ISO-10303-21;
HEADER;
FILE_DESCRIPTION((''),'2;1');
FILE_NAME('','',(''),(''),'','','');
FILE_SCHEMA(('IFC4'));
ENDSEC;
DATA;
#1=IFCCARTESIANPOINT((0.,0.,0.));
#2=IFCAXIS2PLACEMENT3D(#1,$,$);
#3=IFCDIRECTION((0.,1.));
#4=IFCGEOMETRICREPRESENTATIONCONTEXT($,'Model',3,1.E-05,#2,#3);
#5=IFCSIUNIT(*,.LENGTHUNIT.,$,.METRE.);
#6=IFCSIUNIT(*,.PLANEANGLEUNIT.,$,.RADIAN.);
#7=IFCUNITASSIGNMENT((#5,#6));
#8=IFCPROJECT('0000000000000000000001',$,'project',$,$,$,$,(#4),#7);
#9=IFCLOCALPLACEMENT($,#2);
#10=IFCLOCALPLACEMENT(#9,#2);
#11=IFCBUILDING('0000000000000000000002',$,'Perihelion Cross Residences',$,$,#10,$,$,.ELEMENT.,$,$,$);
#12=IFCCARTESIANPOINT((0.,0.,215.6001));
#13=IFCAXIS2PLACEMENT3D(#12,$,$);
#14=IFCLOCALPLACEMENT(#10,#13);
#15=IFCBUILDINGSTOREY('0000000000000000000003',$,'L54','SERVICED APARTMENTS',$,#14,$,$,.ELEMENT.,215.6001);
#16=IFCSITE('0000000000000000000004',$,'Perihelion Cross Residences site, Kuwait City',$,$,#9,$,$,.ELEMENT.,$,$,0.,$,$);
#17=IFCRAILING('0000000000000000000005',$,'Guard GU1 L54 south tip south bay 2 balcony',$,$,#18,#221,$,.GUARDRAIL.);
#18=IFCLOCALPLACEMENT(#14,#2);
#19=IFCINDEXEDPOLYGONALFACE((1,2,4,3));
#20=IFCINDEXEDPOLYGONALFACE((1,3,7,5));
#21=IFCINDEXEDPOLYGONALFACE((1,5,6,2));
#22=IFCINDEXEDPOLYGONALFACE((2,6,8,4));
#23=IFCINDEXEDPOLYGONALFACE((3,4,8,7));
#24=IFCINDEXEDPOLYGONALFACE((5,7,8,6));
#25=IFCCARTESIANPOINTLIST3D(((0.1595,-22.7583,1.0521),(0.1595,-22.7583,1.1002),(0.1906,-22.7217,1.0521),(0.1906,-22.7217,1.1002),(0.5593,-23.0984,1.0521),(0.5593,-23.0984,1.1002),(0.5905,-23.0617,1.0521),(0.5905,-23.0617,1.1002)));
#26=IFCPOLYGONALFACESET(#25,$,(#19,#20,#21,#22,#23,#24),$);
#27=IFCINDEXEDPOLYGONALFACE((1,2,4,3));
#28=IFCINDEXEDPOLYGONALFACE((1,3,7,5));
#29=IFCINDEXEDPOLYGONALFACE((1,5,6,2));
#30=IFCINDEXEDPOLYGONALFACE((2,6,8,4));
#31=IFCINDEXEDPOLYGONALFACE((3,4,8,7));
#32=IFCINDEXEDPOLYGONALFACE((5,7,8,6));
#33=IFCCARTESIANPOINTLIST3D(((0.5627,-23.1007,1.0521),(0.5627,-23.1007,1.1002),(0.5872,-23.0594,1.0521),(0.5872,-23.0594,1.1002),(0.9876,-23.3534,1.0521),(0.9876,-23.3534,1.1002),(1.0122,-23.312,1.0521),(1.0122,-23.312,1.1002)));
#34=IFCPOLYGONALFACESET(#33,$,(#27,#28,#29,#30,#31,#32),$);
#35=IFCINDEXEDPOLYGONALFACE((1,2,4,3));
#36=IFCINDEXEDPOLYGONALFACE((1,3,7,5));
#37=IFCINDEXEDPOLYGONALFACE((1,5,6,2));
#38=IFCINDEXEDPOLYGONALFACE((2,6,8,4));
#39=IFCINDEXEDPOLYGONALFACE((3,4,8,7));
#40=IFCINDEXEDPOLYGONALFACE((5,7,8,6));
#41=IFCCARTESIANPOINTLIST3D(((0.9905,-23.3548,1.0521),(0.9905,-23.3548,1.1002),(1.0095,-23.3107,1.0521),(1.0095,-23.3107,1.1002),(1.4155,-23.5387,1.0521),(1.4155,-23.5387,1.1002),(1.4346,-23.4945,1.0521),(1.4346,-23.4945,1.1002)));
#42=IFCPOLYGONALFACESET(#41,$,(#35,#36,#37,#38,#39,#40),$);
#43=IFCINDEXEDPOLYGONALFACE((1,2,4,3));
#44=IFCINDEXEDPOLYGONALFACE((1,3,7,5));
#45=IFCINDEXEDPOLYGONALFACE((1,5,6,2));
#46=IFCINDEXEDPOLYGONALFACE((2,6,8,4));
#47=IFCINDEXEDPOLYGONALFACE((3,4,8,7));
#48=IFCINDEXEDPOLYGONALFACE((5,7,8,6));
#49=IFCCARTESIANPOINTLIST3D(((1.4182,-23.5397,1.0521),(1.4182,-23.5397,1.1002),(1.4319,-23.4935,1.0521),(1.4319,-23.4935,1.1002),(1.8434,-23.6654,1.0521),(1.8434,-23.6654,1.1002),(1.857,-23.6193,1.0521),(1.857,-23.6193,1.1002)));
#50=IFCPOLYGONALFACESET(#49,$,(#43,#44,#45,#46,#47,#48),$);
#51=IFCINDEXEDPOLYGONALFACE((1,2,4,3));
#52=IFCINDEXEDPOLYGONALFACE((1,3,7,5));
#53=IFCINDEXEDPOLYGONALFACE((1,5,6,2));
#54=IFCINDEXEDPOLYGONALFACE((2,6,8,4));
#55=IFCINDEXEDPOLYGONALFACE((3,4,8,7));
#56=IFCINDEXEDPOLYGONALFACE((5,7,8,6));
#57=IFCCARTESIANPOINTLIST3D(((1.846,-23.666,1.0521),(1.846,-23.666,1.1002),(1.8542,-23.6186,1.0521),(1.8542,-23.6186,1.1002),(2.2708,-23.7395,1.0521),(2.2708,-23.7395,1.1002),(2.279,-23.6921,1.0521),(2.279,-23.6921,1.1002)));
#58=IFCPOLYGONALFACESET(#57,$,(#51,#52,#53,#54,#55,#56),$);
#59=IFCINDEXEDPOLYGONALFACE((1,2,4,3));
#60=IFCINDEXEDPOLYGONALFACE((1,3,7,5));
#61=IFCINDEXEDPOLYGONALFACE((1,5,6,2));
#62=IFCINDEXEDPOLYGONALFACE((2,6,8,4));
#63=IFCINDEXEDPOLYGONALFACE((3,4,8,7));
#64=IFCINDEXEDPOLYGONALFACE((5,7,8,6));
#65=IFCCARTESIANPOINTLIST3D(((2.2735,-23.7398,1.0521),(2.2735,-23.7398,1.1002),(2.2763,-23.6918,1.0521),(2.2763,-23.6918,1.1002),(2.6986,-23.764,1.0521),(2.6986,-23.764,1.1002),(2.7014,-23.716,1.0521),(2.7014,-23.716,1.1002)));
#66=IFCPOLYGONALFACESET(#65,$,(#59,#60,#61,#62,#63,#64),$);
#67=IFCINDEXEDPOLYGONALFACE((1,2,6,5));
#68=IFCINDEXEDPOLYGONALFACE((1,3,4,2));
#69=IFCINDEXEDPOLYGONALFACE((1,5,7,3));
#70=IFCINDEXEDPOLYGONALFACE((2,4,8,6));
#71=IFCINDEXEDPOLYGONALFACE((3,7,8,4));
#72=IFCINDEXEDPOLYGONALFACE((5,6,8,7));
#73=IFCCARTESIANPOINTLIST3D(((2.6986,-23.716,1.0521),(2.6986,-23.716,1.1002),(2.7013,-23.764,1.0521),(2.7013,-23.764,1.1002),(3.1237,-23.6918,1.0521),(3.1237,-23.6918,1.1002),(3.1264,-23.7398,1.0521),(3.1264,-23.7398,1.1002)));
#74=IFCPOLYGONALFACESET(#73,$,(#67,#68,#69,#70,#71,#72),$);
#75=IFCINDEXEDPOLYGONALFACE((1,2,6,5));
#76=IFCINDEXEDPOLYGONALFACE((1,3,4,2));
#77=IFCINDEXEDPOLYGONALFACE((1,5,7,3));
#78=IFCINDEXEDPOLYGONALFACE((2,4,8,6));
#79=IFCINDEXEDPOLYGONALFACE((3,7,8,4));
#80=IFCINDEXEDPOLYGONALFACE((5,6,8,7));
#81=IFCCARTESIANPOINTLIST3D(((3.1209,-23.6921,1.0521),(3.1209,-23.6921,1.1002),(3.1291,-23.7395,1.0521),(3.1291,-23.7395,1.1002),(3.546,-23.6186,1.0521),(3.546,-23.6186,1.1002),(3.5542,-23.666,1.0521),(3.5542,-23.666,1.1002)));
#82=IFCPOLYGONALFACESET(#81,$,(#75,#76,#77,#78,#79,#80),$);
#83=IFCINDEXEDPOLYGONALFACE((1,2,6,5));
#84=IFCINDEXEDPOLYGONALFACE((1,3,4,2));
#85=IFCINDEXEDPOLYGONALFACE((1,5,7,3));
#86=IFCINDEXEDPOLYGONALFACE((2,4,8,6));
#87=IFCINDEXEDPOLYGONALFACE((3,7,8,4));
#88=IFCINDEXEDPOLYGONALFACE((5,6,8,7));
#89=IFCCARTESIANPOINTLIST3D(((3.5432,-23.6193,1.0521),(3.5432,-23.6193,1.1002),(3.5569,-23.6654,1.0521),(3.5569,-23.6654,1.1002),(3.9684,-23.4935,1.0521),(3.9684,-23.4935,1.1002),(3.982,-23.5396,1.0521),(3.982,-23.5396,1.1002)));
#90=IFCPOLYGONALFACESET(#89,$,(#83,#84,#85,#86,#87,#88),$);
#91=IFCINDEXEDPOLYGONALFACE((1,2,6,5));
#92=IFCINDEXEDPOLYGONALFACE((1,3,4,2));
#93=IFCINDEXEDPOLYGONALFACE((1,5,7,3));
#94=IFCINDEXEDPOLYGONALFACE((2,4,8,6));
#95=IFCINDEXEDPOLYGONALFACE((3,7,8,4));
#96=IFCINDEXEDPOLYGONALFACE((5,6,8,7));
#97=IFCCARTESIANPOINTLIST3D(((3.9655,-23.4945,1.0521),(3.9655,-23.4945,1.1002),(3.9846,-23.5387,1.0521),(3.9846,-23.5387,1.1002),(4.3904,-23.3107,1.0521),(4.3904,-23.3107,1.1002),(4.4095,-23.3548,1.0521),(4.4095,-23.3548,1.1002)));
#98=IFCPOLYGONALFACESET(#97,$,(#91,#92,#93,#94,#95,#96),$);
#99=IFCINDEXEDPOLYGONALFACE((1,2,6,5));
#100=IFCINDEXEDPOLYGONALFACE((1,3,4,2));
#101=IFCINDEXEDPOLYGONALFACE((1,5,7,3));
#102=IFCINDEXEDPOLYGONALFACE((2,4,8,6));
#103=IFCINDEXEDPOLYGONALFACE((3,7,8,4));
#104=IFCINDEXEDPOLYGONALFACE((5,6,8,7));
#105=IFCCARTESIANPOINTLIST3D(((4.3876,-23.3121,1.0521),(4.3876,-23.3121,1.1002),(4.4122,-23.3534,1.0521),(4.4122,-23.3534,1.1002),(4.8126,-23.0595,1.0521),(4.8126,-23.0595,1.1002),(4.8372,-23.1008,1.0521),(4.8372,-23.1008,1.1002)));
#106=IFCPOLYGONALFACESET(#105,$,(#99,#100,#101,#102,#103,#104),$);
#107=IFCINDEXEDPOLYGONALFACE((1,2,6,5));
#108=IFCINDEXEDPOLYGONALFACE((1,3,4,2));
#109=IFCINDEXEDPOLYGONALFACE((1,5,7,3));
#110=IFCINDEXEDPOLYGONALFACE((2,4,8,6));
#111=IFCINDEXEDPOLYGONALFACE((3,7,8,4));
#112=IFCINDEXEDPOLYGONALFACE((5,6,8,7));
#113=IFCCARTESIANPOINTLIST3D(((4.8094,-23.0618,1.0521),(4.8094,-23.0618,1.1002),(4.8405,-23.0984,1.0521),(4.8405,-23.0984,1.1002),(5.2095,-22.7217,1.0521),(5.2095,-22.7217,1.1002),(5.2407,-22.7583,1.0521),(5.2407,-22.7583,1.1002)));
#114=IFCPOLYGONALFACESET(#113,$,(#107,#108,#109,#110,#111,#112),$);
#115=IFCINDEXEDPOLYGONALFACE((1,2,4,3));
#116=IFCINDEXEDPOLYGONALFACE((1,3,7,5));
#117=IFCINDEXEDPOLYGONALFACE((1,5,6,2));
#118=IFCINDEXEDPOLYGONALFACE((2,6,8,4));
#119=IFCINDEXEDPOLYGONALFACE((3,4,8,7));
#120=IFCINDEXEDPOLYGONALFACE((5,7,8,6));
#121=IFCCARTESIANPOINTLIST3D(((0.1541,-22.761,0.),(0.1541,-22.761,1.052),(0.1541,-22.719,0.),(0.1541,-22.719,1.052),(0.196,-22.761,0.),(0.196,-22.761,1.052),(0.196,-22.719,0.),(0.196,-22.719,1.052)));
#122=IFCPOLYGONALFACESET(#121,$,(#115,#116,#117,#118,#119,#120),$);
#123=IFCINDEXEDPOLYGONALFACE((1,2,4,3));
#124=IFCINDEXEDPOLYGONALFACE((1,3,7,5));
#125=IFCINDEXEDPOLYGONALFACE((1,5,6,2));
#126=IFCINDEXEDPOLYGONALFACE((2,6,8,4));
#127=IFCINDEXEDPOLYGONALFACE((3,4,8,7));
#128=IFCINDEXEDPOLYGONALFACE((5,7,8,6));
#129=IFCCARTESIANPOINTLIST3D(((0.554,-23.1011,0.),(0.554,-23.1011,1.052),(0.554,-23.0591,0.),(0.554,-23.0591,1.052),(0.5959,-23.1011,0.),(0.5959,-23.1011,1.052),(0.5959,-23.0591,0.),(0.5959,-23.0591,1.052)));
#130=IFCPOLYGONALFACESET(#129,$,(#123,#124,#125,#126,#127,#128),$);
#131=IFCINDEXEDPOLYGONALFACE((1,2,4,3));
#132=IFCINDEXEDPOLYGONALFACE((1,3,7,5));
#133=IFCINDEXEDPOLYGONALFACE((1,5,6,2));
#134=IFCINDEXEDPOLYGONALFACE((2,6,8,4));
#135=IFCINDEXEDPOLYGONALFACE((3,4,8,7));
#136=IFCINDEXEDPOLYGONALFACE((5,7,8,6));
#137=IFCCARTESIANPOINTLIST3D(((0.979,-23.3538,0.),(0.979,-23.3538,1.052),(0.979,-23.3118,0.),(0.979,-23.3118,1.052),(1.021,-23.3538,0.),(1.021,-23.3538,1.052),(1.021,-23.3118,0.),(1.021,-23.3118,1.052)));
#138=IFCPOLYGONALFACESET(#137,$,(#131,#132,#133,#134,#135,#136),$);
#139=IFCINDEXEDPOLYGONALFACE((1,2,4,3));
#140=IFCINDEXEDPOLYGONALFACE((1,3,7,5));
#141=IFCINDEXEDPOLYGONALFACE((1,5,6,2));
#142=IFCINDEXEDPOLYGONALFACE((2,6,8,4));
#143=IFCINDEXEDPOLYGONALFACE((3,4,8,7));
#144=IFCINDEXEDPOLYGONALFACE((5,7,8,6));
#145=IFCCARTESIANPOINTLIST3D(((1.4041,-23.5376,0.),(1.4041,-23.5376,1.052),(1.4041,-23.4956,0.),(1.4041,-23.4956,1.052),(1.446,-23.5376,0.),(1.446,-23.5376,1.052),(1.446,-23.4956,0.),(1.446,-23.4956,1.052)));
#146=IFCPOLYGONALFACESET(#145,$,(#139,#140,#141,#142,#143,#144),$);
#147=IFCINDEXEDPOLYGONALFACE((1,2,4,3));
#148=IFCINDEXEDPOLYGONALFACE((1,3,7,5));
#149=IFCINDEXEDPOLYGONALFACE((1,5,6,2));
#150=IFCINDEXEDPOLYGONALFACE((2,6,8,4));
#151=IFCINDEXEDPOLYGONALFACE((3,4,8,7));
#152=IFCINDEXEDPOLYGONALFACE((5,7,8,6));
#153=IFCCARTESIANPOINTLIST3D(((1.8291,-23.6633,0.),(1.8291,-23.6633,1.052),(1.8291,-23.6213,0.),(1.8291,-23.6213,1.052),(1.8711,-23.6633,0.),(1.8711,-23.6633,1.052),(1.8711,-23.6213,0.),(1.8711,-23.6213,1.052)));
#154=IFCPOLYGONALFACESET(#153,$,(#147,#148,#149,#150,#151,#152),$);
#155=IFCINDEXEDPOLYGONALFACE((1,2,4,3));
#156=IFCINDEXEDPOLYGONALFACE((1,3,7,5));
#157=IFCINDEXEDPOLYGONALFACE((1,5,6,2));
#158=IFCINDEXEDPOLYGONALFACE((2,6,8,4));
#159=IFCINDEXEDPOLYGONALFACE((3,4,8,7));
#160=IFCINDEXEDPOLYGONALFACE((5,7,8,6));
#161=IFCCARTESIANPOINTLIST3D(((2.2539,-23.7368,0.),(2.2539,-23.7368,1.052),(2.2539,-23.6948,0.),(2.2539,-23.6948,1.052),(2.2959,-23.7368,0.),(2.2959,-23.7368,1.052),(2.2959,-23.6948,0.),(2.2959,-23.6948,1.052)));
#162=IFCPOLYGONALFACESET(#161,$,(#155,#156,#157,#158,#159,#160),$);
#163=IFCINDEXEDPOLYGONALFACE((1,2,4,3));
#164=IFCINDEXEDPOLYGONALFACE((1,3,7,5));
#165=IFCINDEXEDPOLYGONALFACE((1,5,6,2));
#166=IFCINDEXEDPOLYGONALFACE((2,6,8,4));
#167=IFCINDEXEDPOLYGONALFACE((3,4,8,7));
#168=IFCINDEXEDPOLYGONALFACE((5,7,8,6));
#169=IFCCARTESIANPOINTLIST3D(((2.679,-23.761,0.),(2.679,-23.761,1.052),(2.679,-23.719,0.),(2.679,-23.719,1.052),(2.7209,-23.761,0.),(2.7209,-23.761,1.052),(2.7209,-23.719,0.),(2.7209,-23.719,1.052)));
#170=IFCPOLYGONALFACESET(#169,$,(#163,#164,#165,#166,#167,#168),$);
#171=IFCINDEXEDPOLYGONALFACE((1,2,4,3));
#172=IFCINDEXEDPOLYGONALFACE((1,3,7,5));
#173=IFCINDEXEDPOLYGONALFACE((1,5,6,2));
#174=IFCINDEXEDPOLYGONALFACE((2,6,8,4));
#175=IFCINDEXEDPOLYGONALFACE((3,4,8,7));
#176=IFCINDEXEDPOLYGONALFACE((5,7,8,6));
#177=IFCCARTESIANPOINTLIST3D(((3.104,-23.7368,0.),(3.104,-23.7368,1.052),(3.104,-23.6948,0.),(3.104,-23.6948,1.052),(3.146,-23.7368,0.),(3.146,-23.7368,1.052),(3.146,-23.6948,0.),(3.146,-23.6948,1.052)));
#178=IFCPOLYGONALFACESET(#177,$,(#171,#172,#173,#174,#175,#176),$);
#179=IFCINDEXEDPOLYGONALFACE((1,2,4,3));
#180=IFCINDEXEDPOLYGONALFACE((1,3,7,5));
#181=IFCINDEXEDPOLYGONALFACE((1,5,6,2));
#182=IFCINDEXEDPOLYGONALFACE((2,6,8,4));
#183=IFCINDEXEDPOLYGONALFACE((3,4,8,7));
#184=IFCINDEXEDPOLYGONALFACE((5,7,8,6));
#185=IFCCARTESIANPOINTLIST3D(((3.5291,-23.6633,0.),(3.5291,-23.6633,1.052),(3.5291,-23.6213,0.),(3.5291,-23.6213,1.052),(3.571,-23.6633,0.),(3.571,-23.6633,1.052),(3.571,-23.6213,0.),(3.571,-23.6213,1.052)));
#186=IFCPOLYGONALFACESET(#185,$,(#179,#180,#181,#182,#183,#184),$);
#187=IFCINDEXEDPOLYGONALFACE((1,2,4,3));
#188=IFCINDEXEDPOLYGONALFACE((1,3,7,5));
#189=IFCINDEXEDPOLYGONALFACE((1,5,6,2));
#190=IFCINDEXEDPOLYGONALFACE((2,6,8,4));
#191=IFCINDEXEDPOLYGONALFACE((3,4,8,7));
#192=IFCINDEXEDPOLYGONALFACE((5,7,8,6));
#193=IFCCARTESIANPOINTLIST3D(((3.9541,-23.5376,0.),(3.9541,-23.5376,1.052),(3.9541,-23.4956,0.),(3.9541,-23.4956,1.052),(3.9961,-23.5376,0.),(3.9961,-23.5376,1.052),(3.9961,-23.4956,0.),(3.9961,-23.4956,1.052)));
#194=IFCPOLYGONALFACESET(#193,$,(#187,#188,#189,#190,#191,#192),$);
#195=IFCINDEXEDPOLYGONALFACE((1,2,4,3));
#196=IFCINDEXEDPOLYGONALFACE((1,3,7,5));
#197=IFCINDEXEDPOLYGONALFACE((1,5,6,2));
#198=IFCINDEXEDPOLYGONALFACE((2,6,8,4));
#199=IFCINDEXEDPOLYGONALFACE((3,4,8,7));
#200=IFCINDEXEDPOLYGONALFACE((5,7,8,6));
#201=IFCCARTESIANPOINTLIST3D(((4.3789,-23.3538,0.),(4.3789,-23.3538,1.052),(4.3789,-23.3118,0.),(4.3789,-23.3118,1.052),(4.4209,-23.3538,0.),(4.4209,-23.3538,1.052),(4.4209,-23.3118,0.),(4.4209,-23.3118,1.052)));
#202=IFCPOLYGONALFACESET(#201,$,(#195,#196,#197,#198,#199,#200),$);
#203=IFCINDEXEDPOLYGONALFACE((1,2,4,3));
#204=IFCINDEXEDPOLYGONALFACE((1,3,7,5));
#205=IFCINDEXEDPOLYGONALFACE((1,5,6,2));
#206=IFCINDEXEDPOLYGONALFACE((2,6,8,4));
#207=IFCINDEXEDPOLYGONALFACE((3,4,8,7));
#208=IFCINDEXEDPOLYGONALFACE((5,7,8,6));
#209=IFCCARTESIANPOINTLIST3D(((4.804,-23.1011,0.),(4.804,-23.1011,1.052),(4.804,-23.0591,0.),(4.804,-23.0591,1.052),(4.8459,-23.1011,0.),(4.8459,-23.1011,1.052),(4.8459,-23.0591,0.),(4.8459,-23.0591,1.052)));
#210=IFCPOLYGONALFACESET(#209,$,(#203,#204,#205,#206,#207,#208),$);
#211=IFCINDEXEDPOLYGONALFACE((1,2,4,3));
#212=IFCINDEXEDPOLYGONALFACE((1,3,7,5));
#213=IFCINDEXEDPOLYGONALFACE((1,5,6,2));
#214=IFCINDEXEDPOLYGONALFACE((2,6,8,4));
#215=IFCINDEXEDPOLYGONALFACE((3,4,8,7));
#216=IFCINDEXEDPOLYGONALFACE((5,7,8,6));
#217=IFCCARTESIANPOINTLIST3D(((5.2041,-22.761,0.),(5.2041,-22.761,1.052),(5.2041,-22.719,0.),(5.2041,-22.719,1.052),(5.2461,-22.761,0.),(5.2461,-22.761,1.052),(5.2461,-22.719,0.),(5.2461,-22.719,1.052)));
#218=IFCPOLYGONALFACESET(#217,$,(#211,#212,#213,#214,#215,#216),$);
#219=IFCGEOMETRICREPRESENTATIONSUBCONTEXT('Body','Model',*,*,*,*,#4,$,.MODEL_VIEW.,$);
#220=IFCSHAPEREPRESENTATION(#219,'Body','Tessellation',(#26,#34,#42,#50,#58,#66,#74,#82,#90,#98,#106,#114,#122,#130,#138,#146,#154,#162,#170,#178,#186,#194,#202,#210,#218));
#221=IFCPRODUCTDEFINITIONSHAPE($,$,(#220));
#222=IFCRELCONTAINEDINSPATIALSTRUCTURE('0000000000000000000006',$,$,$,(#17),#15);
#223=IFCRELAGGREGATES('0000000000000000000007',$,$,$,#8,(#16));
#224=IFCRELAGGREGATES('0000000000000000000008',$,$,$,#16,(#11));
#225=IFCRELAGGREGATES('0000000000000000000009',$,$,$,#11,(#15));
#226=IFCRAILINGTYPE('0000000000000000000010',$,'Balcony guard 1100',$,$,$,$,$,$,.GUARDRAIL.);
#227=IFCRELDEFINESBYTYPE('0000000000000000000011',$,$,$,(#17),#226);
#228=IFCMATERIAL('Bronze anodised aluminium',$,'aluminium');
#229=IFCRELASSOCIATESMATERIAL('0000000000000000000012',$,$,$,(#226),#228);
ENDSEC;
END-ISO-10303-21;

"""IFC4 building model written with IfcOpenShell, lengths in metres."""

from ifc_helpers import new_model, si_unit, direction, frame, origin, origin_2d, place, context, subcontext, project, spatial, rectangle, extrude, material, type_object, element, save


model = new_model("IFC4")

# Units and contexts
model_context = context("Model", 3, precision=1e-05, world=origin(), true_north=direction((0.0, 1.0)))
body_context = subcontext(model_context, "Body", "Model", "MODEL_VIEW")
ifc_project = project(units=[si_unit("LENGTHUNIT", "METRE"), si_unit("PLANEANGLEUNIT", "RADIAN")], contexts=[model_context])

# Site, building, storey
site_placement = place(None, origin())
site = spatial("IfcSite", under=ifc_project, at=site_placement, Name="Perihelion Cross Residences site, Kuwait City", CompositionType="ELEMENT", RefElevation=0.0)
building_placement = place(site_placement, origin())
building = spatial("IfcBuilding", under=site, at=building_placement, Name="Perihelion Cross Residences", CompositionType="ELEMENT")
storey_placement = place(building_placement, frame((0.0, 0.0, 215.6001)))
storey = spatial("IfcBuildingStorey", under=building, at=storey_placement, Name="L54", Description="SERVICED APARTMENTS", CompositionType="ELEMENT", Elevation=215.6001)

# Railing
ifc_material_1 = material(Name="Bronze anodised aluminium", Category="aluminium")
railing_type = type_object("IfcRailingType", Name="Balcony guard 1100", PredefinedType="GUARDRAIL", material=ifc_material_1)
railing_placement = place(storey_placement, frame((0.175, -22.74, 0.0)))
element("IfcRailing", 1, at=railing_placement, inside=storey, type_object=railing_type, Name="Guard GU1 L54 south tip south bay 2 balcony", PredefinedType="GUARDRAIL", context=body_context, shape_type="SweptSolid", body=[
    extrude(rectangle(XDim=0.0481, YDim=0.0481, at=origin_2d()), frame((0.0, 0.0, 1.0762), z_axis=(0.761779, -0.647837, 0.0), x_axis=(0.647837, 0.761779, 0.0)), (0.0, 0.0, 1.0), 0.5249),
    extrude(rectangle(XDim=0.0481, YDim=0.0481, at=origin_2d()), frame((0.3999, -0.3401, 1.0762), z_axis=(0.859577, -0.511006, 0.0), x_axis=(0.511006, 0.859577, 0.0)), (0.0, 0.0, 1.0), 0.4944),
    extrude(rectangle(XDim=0.0481, YDim=0.0481, at=origin_2d()), frame((0.825, -0.5928, 1.0762), z_axis=(0.917831, -0.396971, 0.0), x_axis=(0.396971, 0.917831, 0.0)), (0.0, 0.0, 1.0), 0.4631),
    extrude(rectangle(XDim=0.0481, YDim=0.0481, at=origin_2d()), frame((1.25, -0.7766, 1.0762), z_axis=(0.958926, -0.283657, 0.0), x_axis=(0.283657, 0.958926, 0.0)), (0.0, 0.0, 1.0), 0.4434),
    extrude(rectangle(XDim=0.0481, YDim=0.0481, at=origin_2d()), frame((1.675, -0.9023, 1.0762), z_axis=(0.985365, -0.170457, 0.0), x_axis=(0.170457, 0.985365, 0.0)), (0.0, 0.0, 1.0), 0.4312),
    extrude(rectangle(XDim=0.0481, YDim=0.0481, at=origin_2d()), frame((2.0999, -0.9758, 1.0762), z_axis=(0.998387, -0.056772, 0.0), x_axis=(0.056772, 0.998387, 0.0)), (0.0, 0.0, 1.0), 0.4258),
    extrude(rectangle(XDim=0.0481, YDim=0.0481, at=origin_2d()), frame((2.5249, -1.0, 1.0762), z_axis=(0.998387, 0.056772, 0.0), x_axis=(-0.056772, 0.998387, 0.0)), (0.0, 0.0, 1.0), 0.4258),
    extrude(rectangle(XDim=0.0481, YDim=0.0481, at=origin_2d()), frame((2.95, -0.9758, 1.0762), z_axis=(0.985382, 0.170362, 0.0), x_axis=(-0.170362, 0.985382, 0.0)), (0.0, 0.0, 1.0), 0.4314),
    extrude(rectangle(XDim=0.0481, YDim=0.0481, at=origin_2d()), frame((3.375, -0.9023, 1.0762), z_axis=(0.958926, 0.283657, 0.0), x_axis=(-0.283657, 0.958926, 0.0)), (0.0, 0.0, 1.0), 0.4434),
    extrude(rectangle(XDim=0.0481, YDim=0.0481, at=origin_2d()), frame((3.8, -0.7766, 1.0762), z_axis=(0.917748, 0.397163, 0.0), x_axis=(-0.397163, 0.917748, 0.0)), (0.0, 0.0, 1.0), 0.4629),
    extrude(rectangle(XDim=0.0481, YDim=0.0481, at=origin_2d()), frame((4.2249, -0.5928, 1.0762), z_axis=(0.859577, 0.511006, 0.0), x_axis=(-0.511006, 0.859577, 0.0)), (0.0, 0.0, 1.0), 0.4944),
    extrude(rectangle(XDim=0.0481, YDim=0.0481, at=origin_2d()), frame((4.6499, -0.3401, 1.0762), z_axis=(0.761974, 0.647608, 0.0), x_axis=(-0.647608, 0.761974, 0.0)), (0.0, 0.0, 1.0), 0.5251),
    extrude(rectangle(XDim=0.042, YDim=0.042, at=origin_2d()), origin(), (0.0, 0.0, 1.0), 1.052),
    extrude(rectangle(XDim=0.042, YDim=0.042, at=origin_2d()), frame((0.3999, -0.3401, 0.0)), (0.0, 0.0, 1.0), 1.052),
    extrude(rectangle(XDim=0.042, YDim=0.042, at=origin_2d()), frame((0.825, -0.5928, 0.0)), (0.0, 0.0, 1.0), 1.052),
    extrude(rectangle(XDim=0.042, YDim=0.042, at=origin_2d()), frame((1.25, -0.7766, 0.0)), (0.0, 0.0, 1.0), 1.052),
    extrude(rectangle(XDim=0.042, YDim=0.042, at=origin_2d()), frame((1.675, -0.9023, 0.0)), (0.0, 0.0, 1.0), 1.052),
    extrude(rectangle(XDim=0.042, YDim=0.042, at=origin_2d()), frame((2.0999, -0.9758, 0.0)), (0.0, 0.0, 1.0), 1.052),
    extrude(rectangle(XDim=0.042, YDim=0.042, at=origin_2d()), frame((2.5249, -1.0, 0.0)), (0.0, 0.0, 1.0), 1.052),
    extrude(rectangle(XDim=0.042, YDim=0.042, at=origin_2d()), frame((2.95, -0.9758, 0.0)), (0.0, 0.0, 1.0), 1.052),
    extrude(rectangle(XDim=0.042, YDim=0.042, at=origin_2d()), frame((3.375, -0.9023, 0.0)), (0.0, 0.0, 1.0), 1.052),
    extrude(rectangle(XDim=0.042, YDim=0.042, at=origin_2d()), frame((3.8, -0.7766, 0.0)), (0.0, 0.0, 1.0), 1.052),
    extrude(rectangle(XDim=0.042, YDim=0.042, at=origin_2d()), frame((4.2249, -0.5928, 0.0)), (0.0, 0.0, 1.0), 1.052),
    extrude(rectangle(XDim=0.042, YDim=0.042, at=origin_2d()), frame((4.6499, -0.3401, 0.0)), (0.0, 0.0, 1.0), 1.052),
    extrude(rectangle(XDim=0.042, YDim=0.042, at=origin_2d()), frame((5.05, 0.0, 0.0)), (0.0, 0.0, 1.0), 1.052),
])

save(model, "model.ifc")
